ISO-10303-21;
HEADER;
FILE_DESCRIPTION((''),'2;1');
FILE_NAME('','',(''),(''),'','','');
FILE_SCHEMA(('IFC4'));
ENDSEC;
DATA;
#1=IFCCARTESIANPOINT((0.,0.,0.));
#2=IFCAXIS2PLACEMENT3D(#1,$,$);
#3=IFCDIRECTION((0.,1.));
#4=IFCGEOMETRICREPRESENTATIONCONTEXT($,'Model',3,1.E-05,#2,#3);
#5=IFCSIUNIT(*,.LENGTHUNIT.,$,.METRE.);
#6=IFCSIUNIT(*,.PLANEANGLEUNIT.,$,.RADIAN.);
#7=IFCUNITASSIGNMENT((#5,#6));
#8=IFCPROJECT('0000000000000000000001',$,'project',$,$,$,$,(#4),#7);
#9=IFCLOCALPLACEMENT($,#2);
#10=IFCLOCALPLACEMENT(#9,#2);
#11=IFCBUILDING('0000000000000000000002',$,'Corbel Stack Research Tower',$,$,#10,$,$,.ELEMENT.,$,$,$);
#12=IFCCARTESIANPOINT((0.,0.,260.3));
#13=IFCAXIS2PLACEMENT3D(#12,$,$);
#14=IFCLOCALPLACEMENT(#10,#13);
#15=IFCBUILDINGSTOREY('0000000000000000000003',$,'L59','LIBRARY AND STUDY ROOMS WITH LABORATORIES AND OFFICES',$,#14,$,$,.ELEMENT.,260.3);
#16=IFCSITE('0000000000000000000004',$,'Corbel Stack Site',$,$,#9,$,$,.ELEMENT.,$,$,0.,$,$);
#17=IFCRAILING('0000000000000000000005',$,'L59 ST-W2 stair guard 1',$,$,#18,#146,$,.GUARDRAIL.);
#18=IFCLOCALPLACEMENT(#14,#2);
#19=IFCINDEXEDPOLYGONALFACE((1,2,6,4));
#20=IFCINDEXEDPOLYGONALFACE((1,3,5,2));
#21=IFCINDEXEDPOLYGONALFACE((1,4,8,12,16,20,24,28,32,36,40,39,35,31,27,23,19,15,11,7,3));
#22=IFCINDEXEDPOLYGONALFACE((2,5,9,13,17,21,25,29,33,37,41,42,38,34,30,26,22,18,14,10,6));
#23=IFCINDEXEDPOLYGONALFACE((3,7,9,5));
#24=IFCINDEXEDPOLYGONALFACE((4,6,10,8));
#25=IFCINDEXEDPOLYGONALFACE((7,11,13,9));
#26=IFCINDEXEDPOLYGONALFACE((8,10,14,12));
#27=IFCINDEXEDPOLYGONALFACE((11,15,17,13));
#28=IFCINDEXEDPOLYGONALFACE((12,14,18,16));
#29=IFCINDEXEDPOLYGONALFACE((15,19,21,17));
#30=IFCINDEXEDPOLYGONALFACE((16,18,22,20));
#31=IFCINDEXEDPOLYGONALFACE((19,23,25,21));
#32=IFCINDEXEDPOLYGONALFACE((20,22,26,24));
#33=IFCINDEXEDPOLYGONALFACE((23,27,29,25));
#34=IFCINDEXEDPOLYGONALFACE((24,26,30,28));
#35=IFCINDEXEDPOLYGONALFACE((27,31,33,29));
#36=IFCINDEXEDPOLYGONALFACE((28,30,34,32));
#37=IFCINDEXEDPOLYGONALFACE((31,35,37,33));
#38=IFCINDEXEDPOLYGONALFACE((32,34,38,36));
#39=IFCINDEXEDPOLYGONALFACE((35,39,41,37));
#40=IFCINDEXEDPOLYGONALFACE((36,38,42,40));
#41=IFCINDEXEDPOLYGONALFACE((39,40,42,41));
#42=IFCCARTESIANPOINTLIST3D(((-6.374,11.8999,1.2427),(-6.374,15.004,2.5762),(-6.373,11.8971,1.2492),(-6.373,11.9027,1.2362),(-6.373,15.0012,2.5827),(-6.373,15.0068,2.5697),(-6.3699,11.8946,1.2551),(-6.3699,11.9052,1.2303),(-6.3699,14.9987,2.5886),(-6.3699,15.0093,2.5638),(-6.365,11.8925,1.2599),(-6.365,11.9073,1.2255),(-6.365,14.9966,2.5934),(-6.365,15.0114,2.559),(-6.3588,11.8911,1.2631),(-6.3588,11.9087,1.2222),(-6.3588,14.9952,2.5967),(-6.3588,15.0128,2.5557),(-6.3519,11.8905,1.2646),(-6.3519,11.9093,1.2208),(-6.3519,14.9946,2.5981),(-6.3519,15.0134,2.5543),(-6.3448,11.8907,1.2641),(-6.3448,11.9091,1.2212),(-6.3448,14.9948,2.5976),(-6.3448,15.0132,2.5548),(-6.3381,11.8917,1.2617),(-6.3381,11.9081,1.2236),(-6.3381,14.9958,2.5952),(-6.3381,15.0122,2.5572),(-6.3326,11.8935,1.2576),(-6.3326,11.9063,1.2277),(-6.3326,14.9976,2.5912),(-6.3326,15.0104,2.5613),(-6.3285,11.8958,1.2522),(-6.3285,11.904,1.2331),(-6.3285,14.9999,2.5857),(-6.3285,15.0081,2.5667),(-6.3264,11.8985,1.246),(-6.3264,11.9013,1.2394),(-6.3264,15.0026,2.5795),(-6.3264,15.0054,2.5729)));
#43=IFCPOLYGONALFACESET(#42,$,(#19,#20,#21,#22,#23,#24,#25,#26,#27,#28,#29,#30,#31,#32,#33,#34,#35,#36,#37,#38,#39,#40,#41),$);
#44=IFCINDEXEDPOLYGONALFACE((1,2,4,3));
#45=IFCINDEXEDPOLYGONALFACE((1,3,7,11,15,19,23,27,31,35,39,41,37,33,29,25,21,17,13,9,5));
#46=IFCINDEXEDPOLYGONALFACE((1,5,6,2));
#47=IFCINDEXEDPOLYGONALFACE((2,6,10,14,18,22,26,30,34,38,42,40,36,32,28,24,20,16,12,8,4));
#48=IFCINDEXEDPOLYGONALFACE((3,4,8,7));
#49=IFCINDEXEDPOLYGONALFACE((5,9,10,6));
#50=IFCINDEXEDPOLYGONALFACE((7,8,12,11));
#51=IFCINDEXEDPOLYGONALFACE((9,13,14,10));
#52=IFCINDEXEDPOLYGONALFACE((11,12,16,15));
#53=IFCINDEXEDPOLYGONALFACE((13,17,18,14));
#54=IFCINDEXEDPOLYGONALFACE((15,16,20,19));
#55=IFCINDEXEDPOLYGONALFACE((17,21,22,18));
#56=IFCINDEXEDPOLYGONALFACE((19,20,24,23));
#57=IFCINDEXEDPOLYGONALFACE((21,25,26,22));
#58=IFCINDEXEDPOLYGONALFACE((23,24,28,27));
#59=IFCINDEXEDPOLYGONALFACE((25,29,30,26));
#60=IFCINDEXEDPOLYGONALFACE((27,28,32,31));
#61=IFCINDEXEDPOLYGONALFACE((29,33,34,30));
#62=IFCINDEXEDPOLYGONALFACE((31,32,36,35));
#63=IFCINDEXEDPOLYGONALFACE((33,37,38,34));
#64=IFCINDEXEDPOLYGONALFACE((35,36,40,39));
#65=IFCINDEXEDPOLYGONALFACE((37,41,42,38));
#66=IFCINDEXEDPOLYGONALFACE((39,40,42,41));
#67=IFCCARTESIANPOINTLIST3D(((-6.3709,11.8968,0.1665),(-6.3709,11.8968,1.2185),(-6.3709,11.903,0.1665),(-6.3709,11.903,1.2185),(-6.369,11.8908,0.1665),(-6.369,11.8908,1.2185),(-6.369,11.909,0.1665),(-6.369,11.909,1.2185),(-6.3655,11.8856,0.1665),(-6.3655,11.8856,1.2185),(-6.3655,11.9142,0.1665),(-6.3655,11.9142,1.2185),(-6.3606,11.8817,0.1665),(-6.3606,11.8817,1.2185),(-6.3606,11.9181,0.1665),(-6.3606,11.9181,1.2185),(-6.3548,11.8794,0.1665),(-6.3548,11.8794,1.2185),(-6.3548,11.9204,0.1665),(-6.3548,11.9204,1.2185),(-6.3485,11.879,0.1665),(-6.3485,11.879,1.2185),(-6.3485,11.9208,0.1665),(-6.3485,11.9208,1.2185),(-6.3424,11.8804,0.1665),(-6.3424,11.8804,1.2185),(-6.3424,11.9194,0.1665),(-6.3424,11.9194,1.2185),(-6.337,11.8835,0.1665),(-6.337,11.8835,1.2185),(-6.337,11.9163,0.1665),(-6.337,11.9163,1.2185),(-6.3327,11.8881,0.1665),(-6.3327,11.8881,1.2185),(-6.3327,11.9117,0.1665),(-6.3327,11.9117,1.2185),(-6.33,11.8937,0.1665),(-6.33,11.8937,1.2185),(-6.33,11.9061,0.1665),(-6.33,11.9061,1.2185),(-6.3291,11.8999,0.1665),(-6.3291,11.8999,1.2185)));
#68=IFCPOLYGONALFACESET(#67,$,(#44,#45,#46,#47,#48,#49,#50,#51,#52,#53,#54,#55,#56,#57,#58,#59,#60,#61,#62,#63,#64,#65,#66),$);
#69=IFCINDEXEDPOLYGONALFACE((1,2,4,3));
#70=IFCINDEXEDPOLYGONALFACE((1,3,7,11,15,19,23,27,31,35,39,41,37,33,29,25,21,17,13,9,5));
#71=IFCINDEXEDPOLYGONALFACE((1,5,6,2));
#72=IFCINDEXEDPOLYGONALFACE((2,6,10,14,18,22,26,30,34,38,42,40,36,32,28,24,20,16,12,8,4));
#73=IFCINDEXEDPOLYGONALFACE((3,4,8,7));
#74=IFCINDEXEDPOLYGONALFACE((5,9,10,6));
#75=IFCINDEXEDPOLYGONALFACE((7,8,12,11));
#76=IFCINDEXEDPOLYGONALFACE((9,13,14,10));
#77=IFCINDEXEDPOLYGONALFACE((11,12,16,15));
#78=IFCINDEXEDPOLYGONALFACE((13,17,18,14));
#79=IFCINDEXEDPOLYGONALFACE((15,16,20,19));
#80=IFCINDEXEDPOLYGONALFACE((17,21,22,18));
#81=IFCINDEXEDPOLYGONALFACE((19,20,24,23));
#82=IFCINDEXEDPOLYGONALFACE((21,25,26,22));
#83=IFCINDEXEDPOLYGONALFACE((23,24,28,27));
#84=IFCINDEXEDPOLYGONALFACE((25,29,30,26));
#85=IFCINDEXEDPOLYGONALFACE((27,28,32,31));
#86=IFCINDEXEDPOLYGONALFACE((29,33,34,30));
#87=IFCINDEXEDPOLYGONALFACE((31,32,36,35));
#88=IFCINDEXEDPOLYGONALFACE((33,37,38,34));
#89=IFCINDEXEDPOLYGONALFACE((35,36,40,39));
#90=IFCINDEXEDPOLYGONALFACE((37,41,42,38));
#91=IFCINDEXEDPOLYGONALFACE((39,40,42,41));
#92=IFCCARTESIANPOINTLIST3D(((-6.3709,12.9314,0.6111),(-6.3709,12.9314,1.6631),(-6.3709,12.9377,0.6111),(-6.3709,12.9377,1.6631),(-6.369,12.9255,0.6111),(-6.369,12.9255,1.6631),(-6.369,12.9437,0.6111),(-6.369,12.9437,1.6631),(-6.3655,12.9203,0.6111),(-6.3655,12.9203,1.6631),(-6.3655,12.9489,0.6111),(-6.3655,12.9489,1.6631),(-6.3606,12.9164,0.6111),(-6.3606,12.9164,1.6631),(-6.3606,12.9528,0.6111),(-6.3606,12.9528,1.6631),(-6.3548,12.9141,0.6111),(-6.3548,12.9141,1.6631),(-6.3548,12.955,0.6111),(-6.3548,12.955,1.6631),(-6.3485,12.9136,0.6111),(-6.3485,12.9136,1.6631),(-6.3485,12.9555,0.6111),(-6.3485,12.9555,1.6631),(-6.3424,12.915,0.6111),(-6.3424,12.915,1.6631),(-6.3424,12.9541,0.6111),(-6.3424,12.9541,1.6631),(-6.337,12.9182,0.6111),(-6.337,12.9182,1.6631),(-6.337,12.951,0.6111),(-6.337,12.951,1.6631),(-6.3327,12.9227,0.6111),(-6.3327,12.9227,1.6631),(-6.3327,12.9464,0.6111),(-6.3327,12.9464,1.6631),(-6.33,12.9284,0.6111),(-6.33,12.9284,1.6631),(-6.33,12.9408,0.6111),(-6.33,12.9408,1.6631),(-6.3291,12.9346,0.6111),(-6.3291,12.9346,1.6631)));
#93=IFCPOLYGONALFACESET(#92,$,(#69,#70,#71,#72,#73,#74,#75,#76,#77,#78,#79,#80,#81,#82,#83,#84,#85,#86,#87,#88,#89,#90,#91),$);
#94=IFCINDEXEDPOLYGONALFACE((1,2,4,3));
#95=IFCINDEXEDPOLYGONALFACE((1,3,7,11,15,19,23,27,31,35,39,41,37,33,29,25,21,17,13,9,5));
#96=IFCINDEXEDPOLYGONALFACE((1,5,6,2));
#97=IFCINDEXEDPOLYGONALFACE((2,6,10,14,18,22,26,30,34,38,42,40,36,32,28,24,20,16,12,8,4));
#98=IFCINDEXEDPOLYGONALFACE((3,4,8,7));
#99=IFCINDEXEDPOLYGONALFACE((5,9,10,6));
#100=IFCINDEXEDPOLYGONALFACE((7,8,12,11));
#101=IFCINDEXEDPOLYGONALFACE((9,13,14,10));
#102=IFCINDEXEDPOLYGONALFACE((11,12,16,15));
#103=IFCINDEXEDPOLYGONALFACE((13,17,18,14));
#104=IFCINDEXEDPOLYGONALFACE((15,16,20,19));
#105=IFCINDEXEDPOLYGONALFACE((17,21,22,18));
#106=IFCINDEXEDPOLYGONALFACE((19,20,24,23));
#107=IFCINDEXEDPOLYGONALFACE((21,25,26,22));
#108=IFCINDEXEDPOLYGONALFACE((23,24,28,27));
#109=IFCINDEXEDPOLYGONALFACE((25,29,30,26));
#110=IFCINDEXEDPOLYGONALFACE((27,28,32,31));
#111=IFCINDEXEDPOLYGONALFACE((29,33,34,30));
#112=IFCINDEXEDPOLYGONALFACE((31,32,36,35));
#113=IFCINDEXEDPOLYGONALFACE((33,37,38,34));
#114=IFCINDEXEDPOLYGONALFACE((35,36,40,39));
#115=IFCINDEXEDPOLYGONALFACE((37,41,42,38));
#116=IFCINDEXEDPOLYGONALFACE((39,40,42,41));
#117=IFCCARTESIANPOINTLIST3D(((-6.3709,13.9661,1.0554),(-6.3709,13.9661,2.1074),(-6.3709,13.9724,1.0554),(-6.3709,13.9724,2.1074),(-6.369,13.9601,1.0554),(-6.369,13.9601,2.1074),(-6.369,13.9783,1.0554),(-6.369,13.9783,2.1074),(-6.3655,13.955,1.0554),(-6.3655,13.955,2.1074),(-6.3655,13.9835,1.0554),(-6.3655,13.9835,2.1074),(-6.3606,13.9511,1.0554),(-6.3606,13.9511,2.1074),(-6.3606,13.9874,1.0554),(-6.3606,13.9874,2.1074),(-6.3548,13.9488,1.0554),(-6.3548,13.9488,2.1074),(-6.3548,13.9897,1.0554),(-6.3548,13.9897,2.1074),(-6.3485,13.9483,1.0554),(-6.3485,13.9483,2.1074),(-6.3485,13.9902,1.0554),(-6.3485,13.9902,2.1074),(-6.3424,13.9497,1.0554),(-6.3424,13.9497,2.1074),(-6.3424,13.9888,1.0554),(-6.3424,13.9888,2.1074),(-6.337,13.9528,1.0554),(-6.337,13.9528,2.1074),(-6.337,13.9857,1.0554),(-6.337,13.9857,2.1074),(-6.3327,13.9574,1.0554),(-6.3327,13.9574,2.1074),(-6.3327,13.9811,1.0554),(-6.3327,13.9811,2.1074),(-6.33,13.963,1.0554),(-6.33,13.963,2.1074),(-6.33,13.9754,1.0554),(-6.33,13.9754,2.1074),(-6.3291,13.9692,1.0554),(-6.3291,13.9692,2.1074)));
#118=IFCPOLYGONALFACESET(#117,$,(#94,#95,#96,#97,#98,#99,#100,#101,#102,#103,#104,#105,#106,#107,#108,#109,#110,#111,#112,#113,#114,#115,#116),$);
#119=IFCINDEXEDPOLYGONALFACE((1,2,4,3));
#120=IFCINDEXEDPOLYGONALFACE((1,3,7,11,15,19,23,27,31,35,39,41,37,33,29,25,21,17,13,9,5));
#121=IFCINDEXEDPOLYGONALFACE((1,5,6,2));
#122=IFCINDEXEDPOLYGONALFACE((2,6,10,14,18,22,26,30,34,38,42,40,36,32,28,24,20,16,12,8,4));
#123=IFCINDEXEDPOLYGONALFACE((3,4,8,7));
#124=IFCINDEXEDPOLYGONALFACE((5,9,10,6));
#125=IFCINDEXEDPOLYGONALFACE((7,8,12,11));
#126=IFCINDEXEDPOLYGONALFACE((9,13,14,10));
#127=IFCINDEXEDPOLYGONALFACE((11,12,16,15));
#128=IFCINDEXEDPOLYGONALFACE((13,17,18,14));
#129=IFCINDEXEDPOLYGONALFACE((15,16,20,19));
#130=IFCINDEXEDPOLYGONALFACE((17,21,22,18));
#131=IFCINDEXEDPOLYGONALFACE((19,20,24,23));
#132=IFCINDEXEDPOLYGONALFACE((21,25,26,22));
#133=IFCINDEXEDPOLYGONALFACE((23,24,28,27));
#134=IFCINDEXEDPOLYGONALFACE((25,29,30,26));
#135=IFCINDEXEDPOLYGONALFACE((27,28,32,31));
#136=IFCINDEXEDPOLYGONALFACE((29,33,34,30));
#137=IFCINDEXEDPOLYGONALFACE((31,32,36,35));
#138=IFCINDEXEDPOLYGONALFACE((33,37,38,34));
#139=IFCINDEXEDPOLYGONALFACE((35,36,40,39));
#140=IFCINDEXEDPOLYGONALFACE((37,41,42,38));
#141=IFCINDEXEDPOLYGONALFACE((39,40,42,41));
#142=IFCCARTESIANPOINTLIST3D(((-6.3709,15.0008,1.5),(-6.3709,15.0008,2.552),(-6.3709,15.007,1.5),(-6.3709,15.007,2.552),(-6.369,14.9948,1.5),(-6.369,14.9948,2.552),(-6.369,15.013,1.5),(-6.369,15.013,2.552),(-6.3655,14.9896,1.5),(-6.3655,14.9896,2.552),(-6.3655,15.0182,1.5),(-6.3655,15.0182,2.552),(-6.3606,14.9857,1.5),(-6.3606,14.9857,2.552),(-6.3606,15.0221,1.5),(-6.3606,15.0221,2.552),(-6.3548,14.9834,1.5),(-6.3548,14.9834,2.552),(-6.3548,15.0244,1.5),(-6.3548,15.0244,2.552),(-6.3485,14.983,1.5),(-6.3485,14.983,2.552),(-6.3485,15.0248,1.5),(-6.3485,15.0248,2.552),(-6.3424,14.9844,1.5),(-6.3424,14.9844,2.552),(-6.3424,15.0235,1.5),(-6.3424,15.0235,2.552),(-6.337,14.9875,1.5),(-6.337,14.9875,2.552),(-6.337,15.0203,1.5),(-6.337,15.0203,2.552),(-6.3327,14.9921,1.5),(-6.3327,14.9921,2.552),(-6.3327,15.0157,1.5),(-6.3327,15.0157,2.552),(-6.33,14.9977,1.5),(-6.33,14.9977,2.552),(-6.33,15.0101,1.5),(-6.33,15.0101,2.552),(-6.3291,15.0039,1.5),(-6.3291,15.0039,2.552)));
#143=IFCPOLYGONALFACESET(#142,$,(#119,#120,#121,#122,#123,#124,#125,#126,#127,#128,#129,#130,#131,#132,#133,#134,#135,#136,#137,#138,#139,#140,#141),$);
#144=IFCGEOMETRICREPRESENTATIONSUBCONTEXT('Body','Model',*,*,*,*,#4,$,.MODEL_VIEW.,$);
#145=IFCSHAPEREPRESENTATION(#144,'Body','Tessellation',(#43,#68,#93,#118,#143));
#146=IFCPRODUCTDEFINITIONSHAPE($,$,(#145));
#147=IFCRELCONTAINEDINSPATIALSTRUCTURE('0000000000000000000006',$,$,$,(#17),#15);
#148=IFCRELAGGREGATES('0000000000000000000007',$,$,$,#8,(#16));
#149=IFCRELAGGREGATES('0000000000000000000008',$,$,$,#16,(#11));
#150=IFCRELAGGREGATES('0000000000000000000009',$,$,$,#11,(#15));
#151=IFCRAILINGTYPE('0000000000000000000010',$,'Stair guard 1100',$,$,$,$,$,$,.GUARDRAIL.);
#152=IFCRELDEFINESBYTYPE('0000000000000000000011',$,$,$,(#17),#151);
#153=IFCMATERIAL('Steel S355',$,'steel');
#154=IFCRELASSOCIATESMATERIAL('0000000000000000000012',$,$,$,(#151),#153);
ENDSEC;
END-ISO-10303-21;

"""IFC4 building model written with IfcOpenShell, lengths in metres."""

from ifc_helpers import new_model, si_unit, direction, frame, origin, origin_2d, place, context, subcontext, project, spatial, circle, extrude, material, type_object, element, save


model = new_model("IFC4")

# Units and contexts
model_context = context("Model", 3, precision=1e-05, world=origin(), true_north=direction((0.0, 1.0)))
body_context = subcontext(model_context, "Body", "Model", "MODEL_VIEW")
ifc_project = project(units=[si_unit("LENGTHUNIT", "METRE"), si_unit("PLANEANGLEUNIT", "RADIAN")], contexts=[model_context])

# Site, building, storey
site_placement = place(None, origin())
site = spatial("IfcSite", under=ifc_project, at=site_placement, Name="Corbel Stack Site", CompositionType="ELEMENT", RefElevation=0.0)
building_placement = place(site_placement, origin())
building = spatial("IfcBuilding", under=site, at=building_placement, Name="Corbel Stack Research Tower", CompositionType="ELEMENT")
storey_placement = place(building_placement, frame((0.0, 0.0, 260.3)))
storey = spatial("IfcBuildingStorey", under=building, at=storey_placement, Name="L59", Description="LIBRARY AND STUDY ROOMS WITH LABORATORIES AND OFFICES", CompositionType="ELEMENT", Elevation=260.3)

# Railing
ifc_material_1 = material(Name="Steel S355", Category="steel")
railing_type_1 = type_object("IfcRailingType", Name="Stair guard 1100", PredefinedType="GUARDRAIL", material=ifc_material_1)
railing_1_placement = place(storey_placement, frame((-6.3501, 11.8999, 0.1665)))
element("IfcRailing", 1, at=railing_1_placement, inside=storey, type_object=railing_type_1, Name="L59 ST-W2 stair guard 1", PredefinedType="GUARDRAIL", context=body_context, shape_type="SweptSolid", body=[
    extrude(circle(Radius=0.0239, at=origin_2d()), frame((0.0, 0.0, 1.0762), z_axis=(0.0, 0.918801, 0.394722), x_axis=(-1.0, 0.0, 0.0)), (0.0, 0.0, 1.0), 3.3784),
    extrude(circle(Radius=0.021, at=origin_2d()), origin(), (0.0, 0.0, 1.0), 1.052),
    extrude(circle(Radius=0.021, at=origin_2d()), frame((0.0, 1.0347, 0.4446)), (0.0, 0.0, 1.0), 1.052),
    extrude(circle(Radius=0.021, at=origin_2d()), frame((0.0, 2.0693, 0.8889)), (0.0, 0.0, 1.0), 1.052),
    extrude(circle(Radius=0.021, at=origin_2d()), frame((0.0, 3.104, 1.3335)), (0.0, 0.0, 1.0), 1.052),
])

save(model, "model.ifc")
